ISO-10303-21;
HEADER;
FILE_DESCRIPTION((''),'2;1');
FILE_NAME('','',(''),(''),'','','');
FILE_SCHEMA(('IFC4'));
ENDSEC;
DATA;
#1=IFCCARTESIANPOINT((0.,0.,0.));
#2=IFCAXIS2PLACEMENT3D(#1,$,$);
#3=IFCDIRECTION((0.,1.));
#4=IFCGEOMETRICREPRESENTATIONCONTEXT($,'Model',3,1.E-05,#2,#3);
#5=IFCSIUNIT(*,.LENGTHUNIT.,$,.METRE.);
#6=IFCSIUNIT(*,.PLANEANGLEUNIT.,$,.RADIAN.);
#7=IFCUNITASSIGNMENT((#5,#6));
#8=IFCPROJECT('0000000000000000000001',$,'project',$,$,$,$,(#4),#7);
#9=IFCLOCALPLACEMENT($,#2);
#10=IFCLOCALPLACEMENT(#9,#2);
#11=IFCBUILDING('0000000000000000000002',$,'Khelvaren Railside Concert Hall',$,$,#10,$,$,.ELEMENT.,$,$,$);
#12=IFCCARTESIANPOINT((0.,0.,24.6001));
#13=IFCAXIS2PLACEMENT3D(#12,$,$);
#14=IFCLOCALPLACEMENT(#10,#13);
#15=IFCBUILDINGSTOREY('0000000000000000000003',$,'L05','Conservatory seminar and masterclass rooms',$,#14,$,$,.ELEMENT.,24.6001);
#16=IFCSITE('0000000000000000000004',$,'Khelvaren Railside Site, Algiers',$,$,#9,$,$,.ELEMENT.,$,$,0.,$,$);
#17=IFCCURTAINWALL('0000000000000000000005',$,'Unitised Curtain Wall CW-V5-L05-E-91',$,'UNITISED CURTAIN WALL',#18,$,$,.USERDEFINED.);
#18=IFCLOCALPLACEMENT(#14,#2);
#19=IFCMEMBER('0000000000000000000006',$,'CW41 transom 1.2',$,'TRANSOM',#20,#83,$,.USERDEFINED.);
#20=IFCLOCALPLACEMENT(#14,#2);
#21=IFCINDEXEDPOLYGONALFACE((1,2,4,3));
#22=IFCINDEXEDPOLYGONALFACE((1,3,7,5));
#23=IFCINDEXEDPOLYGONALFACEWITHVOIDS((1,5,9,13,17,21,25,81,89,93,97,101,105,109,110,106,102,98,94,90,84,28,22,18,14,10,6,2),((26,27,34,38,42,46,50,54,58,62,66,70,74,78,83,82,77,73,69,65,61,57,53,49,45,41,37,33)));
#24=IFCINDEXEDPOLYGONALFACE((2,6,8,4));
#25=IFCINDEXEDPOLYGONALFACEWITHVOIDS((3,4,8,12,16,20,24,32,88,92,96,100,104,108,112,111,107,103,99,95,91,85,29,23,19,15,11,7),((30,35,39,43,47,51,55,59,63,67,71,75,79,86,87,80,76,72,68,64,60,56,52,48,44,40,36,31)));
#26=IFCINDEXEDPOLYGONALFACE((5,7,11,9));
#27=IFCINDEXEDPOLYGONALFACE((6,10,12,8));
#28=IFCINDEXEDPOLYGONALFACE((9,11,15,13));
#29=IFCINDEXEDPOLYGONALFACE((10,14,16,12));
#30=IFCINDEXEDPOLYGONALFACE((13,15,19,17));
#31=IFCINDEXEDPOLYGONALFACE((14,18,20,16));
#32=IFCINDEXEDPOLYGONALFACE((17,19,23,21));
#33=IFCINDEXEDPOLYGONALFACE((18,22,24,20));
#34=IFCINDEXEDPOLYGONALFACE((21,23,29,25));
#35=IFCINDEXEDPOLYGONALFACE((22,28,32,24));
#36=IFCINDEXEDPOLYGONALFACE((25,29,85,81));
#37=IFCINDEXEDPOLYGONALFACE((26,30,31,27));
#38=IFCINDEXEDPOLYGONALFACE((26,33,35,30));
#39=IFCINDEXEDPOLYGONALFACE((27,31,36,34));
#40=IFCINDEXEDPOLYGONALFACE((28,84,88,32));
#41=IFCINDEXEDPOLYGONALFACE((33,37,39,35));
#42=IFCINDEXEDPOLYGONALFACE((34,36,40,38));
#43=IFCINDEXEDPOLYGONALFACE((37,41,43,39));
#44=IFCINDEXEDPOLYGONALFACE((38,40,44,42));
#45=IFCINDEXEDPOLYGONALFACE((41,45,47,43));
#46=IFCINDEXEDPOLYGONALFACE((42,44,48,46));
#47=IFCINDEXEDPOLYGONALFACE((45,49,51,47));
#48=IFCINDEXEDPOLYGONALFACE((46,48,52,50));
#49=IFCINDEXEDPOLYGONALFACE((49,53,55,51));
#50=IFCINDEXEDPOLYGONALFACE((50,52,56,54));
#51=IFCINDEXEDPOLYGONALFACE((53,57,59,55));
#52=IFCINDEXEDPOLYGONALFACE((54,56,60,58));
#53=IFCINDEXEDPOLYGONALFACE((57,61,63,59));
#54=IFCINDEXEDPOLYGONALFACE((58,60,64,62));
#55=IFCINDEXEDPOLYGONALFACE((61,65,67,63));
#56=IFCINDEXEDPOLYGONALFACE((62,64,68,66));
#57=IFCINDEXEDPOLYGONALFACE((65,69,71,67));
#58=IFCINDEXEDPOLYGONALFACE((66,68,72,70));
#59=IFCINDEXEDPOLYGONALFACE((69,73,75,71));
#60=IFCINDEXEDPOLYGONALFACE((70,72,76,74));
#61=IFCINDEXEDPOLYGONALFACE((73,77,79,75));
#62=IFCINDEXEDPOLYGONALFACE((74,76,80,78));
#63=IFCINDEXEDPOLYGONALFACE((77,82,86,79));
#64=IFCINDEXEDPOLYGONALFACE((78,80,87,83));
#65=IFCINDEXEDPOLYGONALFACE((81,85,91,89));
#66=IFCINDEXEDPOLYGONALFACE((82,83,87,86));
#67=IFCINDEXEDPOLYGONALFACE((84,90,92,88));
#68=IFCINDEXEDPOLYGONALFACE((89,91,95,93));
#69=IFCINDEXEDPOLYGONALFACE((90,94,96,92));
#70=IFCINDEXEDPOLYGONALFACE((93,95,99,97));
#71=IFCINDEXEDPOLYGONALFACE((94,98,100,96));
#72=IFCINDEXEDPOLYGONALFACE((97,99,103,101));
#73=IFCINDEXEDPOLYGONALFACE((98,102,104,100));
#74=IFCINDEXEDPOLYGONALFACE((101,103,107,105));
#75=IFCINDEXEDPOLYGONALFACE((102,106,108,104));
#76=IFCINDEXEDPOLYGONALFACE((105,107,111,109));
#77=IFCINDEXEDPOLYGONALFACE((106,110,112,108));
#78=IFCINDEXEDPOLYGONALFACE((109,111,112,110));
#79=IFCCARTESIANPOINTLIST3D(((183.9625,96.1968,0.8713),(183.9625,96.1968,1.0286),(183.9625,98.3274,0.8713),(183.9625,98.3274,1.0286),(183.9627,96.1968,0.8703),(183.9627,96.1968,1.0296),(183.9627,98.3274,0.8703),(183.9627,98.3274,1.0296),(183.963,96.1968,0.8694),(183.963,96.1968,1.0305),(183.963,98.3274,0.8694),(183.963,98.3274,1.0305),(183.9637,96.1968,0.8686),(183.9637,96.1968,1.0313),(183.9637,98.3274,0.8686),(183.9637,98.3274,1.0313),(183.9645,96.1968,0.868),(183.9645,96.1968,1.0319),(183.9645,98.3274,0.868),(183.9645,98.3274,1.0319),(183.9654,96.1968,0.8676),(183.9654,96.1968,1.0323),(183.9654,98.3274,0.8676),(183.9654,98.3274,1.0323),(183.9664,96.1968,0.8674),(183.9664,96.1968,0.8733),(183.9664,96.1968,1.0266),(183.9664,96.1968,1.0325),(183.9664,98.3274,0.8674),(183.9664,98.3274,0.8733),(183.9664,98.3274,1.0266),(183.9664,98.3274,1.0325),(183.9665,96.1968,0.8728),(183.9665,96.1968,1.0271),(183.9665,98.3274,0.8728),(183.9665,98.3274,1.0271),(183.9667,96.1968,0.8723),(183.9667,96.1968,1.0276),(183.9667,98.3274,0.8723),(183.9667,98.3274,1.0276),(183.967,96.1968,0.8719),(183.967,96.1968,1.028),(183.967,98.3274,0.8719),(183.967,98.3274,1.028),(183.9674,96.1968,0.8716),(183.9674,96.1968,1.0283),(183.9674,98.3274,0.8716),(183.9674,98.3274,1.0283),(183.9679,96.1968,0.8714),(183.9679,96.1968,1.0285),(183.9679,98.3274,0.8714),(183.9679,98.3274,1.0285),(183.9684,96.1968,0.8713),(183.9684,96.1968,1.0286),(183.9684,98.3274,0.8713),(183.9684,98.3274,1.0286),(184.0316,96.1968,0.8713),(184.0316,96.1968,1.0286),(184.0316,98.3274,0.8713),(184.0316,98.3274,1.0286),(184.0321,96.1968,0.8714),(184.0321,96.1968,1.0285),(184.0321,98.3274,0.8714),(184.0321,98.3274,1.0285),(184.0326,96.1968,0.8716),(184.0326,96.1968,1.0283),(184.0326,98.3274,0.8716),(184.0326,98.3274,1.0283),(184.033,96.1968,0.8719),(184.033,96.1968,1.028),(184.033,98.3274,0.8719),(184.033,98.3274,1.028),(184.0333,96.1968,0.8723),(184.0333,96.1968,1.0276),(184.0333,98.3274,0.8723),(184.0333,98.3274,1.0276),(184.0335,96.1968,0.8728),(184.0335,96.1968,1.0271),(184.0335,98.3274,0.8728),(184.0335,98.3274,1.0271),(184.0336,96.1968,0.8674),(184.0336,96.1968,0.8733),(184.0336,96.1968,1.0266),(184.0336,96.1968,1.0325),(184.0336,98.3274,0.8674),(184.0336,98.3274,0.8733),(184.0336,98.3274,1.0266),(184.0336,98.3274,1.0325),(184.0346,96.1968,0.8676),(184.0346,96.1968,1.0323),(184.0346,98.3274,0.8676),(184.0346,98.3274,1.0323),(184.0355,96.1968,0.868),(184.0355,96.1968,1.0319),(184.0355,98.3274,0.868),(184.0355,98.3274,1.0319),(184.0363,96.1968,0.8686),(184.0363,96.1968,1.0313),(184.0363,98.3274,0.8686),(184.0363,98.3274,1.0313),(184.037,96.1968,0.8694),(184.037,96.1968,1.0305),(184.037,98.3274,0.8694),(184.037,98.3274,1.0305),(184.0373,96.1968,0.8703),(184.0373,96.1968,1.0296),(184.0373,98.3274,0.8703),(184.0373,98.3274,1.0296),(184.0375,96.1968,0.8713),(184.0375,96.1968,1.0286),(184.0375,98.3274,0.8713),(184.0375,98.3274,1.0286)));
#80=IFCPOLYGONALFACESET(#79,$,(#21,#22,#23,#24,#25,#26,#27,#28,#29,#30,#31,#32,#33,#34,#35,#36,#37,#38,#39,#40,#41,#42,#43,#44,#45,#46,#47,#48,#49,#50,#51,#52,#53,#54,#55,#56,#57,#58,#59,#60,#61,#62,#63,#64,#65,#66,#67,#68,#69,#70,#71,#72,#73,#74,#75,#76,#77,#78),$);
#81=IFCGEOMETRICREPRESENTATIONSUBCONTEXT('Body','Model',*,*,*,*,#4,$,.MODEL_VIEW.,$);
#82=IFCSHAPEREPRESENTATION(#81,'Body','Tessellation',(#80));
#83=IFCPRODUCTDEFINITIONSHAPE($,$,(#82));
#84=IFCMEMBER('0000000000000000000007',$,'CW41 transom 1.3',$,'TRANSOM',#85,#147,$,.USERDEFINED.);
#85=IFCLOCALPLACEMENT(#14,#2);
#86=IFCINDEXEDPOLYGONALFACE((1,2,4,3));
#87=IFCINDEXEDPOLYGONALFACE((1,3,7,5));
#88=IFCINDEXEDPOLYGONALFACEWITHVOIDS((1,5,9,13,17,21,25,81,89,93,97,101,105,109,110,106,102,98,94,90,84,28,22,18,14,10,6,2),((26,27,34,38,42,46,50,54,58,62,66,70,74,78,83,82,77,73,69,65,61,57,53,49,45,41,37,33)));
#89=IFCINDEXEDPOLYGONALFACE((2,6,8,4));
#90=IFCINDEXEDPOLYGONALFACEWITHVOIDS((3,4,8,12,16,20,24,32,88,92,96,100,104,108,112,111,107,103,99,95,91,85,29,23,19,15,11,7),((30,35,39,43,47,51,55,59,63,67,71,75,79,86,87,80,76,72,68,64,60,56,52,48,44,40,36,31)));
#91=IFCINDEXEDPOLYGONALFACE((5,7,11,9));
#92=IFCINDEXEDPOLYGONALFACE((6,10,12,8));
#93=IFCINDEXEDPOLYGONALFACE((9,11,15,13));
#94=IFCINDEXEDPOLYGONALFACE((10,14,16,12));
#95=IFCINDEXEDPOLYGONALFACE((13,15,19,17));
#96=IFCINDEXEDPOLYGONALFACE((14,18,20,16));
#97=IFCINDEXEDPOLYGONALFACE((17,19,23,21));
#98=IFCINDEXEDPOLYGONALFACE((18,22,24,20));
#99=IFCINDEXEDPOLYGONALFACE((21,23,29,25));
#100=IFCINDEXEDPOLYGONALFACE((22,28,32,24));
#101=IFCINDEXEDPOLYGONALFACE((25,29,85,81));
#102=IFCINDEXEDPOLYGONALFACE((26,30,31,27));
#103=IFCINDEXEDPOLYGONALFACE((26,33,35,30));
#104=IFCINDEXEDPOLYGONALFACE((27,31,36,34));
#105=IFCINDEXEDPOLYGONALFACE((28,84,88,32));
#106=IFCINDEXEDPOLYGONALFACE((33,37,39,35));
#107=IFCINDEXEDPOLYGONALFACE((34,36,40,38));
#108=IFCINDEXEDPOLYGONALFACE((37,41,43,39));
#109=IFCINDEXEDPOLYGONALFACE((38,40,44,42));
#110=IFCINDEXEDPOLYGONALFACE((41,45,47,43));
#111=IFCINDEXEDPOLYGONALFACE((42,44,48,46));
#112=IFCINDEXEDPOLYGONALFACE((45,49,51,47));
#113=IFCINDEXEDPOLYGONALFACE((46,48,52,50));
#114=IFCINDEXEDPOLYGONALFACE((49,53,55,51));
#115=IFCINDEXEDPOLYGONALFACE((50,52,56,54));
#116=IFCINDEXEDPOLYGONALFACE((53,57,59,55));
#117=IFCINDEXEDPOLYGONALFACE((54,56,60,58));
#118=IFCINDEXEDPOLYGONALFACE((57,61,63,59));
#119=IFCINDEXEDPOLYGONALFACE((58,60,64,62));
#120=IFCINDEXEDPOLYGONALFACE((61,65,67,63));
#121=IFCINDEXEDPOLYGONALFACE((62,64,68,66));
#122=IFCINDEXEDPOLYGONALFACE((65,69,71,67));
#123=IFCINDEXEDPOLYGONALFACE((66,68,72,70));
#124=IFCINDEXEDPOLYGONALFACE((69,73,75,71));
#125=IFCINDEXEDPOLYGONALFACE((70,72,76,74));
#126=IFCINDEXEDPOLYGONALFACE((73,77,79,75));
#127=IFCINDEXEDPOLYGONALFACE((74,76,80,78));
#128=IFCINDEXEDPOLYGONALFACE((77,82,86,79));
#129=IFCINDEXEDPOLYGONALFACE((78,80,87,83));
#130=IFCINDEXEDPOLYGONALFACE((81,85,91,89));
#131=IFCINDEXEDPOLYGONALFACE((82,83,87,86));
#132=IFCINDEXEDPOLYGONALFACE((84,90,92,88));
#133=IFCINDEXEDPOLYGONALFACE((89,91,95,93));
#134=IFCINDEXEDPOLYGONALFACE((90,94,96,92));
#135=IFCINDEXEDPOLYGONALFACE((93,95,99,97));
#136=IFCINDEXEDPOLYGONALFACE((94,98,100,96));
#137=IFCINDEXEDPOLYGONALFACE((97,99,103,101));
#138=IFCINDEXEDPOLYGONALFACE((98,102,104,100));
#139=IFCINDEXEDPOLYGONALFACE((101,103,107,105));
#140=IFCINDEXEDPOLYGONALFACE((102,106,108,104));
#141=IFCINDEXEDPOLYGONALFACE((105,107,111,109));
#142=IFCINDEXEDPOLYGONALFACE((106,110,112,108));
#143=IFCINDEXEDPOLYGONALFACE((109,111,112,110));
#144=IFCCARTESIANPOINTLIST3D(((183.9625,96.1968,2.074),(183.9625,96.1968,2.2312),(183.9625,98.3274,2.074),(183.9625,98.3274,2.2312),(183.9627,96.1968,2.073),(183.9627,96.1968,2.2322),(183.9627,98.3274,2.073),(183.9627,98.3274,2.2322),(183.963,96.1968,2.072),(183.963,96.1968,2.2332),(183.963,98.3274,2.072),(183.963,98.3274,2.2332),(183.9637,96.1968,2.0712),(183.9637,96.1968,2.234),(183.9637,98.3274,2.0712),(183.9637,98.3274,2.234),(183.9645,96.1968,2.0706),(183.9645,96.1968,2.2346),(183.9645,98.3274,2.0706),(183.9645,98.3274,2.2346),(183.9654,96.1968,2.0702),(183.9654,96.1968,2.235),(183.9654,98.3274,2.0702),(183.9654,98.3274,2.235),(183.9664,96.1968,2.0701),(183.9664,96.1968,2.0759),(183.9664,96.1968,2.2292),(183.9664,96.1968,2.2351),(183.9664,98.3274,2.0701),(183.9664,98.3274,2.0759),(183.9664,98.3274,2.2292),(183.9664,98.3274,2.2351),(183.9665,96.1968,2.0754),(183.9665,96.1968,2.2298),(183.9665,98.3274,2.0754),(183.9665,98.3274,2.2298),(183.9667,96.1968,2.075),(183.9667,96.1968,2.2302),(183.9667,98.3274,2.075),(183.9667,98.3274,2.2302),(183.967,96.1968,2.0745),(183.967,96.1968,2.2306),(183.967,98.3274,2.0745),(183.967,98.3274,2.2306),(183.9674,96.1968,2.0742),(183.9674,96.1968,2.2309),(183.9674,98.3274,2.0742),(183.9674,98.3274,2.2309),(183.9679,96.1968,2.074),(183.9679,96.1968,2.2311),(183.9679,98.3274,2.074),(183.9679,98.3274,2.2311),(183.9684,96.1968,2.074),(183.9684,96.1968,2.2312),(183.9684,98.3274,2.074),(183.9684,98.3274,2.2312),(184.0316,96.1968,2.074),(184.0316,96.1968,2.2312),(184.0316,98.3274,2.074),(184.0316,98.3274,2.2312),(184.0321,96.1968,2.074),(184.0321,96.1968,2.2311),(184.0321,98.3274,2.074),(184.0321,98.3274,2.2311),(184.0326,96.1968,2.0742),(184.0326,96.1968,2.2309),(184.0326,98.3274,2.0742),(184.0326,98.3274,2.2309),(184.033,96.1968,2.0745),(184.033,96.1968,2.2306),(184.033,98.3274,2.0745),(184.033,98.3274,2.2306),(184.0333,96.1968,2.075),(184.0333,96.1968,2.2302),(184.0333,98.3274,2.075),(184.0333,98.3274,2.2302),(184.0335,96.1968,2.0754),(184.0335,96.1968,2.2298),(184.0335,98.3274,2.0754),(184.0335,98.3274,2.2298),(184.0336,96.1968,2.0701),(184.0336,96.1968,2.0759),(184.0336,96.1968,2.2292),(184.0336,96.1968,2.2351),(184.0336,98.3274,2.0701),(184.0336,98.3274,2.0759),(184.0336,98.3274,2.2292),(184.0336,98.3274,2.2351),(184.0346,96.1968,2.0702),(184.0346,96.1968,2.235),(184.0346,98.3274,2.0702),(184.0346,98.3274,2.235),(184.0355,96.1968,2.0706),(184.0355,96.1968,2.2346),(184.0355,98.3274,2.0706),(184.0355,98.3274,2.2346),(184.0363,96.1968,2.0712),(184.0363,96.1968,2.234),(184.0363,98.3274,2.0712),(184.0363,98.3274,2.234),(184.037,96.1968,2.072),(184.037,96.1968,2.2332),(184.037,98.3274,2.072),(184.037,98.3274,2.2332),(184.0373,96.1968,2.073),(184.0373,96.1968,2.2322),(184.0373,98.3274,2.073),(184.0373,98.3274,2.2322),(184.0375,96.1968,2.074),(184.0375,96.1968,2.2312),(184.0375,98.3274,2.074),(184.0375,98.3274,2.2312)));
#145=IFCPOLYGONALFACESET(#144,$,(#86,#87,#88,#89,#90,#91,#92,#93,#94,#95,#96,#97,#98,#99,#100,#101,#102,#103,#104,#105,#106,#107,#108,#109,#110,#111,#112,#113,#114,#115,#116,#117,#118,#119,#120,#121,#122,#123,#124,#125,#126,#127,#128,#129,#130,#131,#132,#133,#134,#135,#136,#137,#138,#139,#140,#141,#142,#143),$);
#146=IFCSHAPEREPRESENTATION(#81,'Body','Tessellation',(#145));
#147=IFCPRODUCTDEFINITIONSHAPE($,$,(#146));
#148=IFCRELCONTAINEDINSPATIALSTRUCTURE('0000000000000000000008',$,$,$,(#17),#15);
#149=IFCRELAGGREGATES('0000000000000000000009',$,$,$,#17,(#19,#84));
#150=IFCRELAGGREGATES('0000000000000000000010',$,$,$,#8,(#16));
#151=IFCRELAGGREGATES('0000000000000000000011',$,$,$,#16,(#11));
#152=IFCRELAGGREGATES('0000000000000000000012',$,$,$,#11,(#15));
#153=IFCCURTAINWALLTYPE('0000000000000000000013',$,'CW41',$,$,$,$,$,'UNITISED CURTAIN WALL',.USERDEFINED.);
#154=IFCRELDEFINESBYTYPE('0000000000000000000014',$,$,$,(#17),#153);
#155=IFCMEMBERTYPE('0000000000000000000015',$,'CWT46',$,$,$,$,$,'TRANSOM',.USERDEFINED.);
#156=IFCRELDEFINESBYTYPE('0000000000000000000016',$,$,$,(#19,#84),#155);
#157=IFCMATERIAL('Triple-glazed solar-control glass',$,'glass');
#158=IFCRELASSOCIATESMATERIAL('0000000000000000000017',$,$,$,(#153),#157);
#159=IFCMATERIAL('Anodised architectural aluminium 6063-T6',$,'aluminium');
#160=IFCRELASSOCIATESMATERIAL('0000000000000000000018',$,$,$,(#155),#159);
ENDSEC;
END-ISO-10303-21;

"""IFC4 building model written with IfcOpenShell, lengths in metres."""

from ifc_helpers import new_model, si_unit, direction, frame, origin, origin_2d, place, context, subcontext, project, spatial, hollow_rectangle, extrude, material, material_profile, profile_set, type_object, element, aggregate, save


model = new_model("IFC4")

# Units and contexts
model_context = context("Model", 3, precision=1e-05, world=origin(), true_north=direction((0.0, 1.0)))
body_context = subcontext(model_context, "Body", "Model", "MODEL_VIEW")
ifc_project = project(units=[si_unit("LENGTHUNIT", "METRE"), si_unit("PLANEANGLEUNIT", "RADIAN")], contexts=[model_context])

# Site, building, storey
site_placement = place(None, origin())
site = spatial("IfcSite", under=ifc_project, at=site_placement, Name="Khelvaren Railside Site, Algiers", CompositionType="ELEMENT", RefElevation=0.0)
building_placement = place(site_placement, origin())
building = spatial("IfcBuilding", under=site, at=building_placement, Name="Khelvaren Railside Concert Hall", CompositionType="ELEMENT")
storey_placement = place(building_placement, frame((0.0, 0.0, 24.6001)))
storey = spatial("IfcBuildingStorey", under=building, at=storey_placement, Name="L05", Description="Conservatory seminar and masterclass rooms", CompositionType="ELEMENT", Elevation=24.6001)

# Curtain wall, members
ifc_material_1 = material(Name="Triple-glazed solar-control glass", Category="glass")
curtain_wall_type = type_object("IfcCurtainWallType", Name="CW41", ElementType="UNITISED CURTAIN WALL", PredefinedType="USERDEFINED", material=ifc_material_1)
curtain_wall_placement = place(storey_placement, origin())
curtain_wall = element("IfcCurtainWall", 1, at=curtain_wall_placement, inside=storey, type_object=curtain_wall_type, Name="Unitised Curtain Wall CW-V5-L05-E-91", ObjectType="UNITISED CURTAIN WALL", PredefinedType="USERDEFINED")
ifc_material_2 = material(Name="Anodised architectural aluminium 6063-T6", Category="aluminium")
ifc_material_profile_1 = material_profile(ifc_material_2, hollow_rectangle(XDim=0.075, YDim=0.165, WallThickness=0.0039, InnerFilletRadius=0.002, OuterFilletRadius=0.0039, at=origin_2d()), Name="CWT 75x165x4")
ifc_profile_set_1 = profile_set([ifc_material_profile_1], Name="Anodised architectural aluminium 6063-T6")
member_type_1 = type_object("IfcMemberType", Name="CWT46", ElementType="TRANSOM", PredefinedType="USERDEFINED", material=ifc_profile_set_1)
member_1_placement = place(storey_placement, frame((184.0, 98.3274, 0.95), z_axis=(0.0, -1.0, 0.0), x_axis=(1.0, 0.0, 0.0)))
member_1 = element("IfcMember", 2, at=member_1_placement, type_object=member_type_1, Name="CW41 transom 1.2", ObjectType="TRANSOM", PredefinedType="USERDEFINED", context=body_context, shape_type="SweptSolid", body=[
    extrude(hollow_rectangle(XDim=0.075, YDim=0.165, WallThickness=0.0039, InnerFilletRadius=0.002, OuterFilletRadius=0.0039, at=origin_2d()), origin(), (0.0, 0.0, 1.0), 2.1306),
])
member_2_placement = place(storey_placement, frame((184.0, 98.3274, 2.1526), z_axis=(0.0, -1.0, 0.0), x_axis=(1.0, 0.0, 0.0)))
member_2 = element("IfcMember", 3, at=member_2_placement, type_object=member_type_1, Name="CW41 transom 1.3", ObjectType="TRANSOM", PredefinedType="USERDEFINED", context=body_context, shape_type="SweptSolid", body=[
    extrude(hollow_rectangle(XDim=0.075, YDim=0.165, WallThickness=0.0039, InnerFilletRadius=0.002, OuterFilletRadius=0.0039, at=origin_2d()), origin(), (0.0, 0.0, 1.0), 2.1306),
])
aggregate(curtain_wall, [member_1, member_2])

save(model, "model.ifc")
